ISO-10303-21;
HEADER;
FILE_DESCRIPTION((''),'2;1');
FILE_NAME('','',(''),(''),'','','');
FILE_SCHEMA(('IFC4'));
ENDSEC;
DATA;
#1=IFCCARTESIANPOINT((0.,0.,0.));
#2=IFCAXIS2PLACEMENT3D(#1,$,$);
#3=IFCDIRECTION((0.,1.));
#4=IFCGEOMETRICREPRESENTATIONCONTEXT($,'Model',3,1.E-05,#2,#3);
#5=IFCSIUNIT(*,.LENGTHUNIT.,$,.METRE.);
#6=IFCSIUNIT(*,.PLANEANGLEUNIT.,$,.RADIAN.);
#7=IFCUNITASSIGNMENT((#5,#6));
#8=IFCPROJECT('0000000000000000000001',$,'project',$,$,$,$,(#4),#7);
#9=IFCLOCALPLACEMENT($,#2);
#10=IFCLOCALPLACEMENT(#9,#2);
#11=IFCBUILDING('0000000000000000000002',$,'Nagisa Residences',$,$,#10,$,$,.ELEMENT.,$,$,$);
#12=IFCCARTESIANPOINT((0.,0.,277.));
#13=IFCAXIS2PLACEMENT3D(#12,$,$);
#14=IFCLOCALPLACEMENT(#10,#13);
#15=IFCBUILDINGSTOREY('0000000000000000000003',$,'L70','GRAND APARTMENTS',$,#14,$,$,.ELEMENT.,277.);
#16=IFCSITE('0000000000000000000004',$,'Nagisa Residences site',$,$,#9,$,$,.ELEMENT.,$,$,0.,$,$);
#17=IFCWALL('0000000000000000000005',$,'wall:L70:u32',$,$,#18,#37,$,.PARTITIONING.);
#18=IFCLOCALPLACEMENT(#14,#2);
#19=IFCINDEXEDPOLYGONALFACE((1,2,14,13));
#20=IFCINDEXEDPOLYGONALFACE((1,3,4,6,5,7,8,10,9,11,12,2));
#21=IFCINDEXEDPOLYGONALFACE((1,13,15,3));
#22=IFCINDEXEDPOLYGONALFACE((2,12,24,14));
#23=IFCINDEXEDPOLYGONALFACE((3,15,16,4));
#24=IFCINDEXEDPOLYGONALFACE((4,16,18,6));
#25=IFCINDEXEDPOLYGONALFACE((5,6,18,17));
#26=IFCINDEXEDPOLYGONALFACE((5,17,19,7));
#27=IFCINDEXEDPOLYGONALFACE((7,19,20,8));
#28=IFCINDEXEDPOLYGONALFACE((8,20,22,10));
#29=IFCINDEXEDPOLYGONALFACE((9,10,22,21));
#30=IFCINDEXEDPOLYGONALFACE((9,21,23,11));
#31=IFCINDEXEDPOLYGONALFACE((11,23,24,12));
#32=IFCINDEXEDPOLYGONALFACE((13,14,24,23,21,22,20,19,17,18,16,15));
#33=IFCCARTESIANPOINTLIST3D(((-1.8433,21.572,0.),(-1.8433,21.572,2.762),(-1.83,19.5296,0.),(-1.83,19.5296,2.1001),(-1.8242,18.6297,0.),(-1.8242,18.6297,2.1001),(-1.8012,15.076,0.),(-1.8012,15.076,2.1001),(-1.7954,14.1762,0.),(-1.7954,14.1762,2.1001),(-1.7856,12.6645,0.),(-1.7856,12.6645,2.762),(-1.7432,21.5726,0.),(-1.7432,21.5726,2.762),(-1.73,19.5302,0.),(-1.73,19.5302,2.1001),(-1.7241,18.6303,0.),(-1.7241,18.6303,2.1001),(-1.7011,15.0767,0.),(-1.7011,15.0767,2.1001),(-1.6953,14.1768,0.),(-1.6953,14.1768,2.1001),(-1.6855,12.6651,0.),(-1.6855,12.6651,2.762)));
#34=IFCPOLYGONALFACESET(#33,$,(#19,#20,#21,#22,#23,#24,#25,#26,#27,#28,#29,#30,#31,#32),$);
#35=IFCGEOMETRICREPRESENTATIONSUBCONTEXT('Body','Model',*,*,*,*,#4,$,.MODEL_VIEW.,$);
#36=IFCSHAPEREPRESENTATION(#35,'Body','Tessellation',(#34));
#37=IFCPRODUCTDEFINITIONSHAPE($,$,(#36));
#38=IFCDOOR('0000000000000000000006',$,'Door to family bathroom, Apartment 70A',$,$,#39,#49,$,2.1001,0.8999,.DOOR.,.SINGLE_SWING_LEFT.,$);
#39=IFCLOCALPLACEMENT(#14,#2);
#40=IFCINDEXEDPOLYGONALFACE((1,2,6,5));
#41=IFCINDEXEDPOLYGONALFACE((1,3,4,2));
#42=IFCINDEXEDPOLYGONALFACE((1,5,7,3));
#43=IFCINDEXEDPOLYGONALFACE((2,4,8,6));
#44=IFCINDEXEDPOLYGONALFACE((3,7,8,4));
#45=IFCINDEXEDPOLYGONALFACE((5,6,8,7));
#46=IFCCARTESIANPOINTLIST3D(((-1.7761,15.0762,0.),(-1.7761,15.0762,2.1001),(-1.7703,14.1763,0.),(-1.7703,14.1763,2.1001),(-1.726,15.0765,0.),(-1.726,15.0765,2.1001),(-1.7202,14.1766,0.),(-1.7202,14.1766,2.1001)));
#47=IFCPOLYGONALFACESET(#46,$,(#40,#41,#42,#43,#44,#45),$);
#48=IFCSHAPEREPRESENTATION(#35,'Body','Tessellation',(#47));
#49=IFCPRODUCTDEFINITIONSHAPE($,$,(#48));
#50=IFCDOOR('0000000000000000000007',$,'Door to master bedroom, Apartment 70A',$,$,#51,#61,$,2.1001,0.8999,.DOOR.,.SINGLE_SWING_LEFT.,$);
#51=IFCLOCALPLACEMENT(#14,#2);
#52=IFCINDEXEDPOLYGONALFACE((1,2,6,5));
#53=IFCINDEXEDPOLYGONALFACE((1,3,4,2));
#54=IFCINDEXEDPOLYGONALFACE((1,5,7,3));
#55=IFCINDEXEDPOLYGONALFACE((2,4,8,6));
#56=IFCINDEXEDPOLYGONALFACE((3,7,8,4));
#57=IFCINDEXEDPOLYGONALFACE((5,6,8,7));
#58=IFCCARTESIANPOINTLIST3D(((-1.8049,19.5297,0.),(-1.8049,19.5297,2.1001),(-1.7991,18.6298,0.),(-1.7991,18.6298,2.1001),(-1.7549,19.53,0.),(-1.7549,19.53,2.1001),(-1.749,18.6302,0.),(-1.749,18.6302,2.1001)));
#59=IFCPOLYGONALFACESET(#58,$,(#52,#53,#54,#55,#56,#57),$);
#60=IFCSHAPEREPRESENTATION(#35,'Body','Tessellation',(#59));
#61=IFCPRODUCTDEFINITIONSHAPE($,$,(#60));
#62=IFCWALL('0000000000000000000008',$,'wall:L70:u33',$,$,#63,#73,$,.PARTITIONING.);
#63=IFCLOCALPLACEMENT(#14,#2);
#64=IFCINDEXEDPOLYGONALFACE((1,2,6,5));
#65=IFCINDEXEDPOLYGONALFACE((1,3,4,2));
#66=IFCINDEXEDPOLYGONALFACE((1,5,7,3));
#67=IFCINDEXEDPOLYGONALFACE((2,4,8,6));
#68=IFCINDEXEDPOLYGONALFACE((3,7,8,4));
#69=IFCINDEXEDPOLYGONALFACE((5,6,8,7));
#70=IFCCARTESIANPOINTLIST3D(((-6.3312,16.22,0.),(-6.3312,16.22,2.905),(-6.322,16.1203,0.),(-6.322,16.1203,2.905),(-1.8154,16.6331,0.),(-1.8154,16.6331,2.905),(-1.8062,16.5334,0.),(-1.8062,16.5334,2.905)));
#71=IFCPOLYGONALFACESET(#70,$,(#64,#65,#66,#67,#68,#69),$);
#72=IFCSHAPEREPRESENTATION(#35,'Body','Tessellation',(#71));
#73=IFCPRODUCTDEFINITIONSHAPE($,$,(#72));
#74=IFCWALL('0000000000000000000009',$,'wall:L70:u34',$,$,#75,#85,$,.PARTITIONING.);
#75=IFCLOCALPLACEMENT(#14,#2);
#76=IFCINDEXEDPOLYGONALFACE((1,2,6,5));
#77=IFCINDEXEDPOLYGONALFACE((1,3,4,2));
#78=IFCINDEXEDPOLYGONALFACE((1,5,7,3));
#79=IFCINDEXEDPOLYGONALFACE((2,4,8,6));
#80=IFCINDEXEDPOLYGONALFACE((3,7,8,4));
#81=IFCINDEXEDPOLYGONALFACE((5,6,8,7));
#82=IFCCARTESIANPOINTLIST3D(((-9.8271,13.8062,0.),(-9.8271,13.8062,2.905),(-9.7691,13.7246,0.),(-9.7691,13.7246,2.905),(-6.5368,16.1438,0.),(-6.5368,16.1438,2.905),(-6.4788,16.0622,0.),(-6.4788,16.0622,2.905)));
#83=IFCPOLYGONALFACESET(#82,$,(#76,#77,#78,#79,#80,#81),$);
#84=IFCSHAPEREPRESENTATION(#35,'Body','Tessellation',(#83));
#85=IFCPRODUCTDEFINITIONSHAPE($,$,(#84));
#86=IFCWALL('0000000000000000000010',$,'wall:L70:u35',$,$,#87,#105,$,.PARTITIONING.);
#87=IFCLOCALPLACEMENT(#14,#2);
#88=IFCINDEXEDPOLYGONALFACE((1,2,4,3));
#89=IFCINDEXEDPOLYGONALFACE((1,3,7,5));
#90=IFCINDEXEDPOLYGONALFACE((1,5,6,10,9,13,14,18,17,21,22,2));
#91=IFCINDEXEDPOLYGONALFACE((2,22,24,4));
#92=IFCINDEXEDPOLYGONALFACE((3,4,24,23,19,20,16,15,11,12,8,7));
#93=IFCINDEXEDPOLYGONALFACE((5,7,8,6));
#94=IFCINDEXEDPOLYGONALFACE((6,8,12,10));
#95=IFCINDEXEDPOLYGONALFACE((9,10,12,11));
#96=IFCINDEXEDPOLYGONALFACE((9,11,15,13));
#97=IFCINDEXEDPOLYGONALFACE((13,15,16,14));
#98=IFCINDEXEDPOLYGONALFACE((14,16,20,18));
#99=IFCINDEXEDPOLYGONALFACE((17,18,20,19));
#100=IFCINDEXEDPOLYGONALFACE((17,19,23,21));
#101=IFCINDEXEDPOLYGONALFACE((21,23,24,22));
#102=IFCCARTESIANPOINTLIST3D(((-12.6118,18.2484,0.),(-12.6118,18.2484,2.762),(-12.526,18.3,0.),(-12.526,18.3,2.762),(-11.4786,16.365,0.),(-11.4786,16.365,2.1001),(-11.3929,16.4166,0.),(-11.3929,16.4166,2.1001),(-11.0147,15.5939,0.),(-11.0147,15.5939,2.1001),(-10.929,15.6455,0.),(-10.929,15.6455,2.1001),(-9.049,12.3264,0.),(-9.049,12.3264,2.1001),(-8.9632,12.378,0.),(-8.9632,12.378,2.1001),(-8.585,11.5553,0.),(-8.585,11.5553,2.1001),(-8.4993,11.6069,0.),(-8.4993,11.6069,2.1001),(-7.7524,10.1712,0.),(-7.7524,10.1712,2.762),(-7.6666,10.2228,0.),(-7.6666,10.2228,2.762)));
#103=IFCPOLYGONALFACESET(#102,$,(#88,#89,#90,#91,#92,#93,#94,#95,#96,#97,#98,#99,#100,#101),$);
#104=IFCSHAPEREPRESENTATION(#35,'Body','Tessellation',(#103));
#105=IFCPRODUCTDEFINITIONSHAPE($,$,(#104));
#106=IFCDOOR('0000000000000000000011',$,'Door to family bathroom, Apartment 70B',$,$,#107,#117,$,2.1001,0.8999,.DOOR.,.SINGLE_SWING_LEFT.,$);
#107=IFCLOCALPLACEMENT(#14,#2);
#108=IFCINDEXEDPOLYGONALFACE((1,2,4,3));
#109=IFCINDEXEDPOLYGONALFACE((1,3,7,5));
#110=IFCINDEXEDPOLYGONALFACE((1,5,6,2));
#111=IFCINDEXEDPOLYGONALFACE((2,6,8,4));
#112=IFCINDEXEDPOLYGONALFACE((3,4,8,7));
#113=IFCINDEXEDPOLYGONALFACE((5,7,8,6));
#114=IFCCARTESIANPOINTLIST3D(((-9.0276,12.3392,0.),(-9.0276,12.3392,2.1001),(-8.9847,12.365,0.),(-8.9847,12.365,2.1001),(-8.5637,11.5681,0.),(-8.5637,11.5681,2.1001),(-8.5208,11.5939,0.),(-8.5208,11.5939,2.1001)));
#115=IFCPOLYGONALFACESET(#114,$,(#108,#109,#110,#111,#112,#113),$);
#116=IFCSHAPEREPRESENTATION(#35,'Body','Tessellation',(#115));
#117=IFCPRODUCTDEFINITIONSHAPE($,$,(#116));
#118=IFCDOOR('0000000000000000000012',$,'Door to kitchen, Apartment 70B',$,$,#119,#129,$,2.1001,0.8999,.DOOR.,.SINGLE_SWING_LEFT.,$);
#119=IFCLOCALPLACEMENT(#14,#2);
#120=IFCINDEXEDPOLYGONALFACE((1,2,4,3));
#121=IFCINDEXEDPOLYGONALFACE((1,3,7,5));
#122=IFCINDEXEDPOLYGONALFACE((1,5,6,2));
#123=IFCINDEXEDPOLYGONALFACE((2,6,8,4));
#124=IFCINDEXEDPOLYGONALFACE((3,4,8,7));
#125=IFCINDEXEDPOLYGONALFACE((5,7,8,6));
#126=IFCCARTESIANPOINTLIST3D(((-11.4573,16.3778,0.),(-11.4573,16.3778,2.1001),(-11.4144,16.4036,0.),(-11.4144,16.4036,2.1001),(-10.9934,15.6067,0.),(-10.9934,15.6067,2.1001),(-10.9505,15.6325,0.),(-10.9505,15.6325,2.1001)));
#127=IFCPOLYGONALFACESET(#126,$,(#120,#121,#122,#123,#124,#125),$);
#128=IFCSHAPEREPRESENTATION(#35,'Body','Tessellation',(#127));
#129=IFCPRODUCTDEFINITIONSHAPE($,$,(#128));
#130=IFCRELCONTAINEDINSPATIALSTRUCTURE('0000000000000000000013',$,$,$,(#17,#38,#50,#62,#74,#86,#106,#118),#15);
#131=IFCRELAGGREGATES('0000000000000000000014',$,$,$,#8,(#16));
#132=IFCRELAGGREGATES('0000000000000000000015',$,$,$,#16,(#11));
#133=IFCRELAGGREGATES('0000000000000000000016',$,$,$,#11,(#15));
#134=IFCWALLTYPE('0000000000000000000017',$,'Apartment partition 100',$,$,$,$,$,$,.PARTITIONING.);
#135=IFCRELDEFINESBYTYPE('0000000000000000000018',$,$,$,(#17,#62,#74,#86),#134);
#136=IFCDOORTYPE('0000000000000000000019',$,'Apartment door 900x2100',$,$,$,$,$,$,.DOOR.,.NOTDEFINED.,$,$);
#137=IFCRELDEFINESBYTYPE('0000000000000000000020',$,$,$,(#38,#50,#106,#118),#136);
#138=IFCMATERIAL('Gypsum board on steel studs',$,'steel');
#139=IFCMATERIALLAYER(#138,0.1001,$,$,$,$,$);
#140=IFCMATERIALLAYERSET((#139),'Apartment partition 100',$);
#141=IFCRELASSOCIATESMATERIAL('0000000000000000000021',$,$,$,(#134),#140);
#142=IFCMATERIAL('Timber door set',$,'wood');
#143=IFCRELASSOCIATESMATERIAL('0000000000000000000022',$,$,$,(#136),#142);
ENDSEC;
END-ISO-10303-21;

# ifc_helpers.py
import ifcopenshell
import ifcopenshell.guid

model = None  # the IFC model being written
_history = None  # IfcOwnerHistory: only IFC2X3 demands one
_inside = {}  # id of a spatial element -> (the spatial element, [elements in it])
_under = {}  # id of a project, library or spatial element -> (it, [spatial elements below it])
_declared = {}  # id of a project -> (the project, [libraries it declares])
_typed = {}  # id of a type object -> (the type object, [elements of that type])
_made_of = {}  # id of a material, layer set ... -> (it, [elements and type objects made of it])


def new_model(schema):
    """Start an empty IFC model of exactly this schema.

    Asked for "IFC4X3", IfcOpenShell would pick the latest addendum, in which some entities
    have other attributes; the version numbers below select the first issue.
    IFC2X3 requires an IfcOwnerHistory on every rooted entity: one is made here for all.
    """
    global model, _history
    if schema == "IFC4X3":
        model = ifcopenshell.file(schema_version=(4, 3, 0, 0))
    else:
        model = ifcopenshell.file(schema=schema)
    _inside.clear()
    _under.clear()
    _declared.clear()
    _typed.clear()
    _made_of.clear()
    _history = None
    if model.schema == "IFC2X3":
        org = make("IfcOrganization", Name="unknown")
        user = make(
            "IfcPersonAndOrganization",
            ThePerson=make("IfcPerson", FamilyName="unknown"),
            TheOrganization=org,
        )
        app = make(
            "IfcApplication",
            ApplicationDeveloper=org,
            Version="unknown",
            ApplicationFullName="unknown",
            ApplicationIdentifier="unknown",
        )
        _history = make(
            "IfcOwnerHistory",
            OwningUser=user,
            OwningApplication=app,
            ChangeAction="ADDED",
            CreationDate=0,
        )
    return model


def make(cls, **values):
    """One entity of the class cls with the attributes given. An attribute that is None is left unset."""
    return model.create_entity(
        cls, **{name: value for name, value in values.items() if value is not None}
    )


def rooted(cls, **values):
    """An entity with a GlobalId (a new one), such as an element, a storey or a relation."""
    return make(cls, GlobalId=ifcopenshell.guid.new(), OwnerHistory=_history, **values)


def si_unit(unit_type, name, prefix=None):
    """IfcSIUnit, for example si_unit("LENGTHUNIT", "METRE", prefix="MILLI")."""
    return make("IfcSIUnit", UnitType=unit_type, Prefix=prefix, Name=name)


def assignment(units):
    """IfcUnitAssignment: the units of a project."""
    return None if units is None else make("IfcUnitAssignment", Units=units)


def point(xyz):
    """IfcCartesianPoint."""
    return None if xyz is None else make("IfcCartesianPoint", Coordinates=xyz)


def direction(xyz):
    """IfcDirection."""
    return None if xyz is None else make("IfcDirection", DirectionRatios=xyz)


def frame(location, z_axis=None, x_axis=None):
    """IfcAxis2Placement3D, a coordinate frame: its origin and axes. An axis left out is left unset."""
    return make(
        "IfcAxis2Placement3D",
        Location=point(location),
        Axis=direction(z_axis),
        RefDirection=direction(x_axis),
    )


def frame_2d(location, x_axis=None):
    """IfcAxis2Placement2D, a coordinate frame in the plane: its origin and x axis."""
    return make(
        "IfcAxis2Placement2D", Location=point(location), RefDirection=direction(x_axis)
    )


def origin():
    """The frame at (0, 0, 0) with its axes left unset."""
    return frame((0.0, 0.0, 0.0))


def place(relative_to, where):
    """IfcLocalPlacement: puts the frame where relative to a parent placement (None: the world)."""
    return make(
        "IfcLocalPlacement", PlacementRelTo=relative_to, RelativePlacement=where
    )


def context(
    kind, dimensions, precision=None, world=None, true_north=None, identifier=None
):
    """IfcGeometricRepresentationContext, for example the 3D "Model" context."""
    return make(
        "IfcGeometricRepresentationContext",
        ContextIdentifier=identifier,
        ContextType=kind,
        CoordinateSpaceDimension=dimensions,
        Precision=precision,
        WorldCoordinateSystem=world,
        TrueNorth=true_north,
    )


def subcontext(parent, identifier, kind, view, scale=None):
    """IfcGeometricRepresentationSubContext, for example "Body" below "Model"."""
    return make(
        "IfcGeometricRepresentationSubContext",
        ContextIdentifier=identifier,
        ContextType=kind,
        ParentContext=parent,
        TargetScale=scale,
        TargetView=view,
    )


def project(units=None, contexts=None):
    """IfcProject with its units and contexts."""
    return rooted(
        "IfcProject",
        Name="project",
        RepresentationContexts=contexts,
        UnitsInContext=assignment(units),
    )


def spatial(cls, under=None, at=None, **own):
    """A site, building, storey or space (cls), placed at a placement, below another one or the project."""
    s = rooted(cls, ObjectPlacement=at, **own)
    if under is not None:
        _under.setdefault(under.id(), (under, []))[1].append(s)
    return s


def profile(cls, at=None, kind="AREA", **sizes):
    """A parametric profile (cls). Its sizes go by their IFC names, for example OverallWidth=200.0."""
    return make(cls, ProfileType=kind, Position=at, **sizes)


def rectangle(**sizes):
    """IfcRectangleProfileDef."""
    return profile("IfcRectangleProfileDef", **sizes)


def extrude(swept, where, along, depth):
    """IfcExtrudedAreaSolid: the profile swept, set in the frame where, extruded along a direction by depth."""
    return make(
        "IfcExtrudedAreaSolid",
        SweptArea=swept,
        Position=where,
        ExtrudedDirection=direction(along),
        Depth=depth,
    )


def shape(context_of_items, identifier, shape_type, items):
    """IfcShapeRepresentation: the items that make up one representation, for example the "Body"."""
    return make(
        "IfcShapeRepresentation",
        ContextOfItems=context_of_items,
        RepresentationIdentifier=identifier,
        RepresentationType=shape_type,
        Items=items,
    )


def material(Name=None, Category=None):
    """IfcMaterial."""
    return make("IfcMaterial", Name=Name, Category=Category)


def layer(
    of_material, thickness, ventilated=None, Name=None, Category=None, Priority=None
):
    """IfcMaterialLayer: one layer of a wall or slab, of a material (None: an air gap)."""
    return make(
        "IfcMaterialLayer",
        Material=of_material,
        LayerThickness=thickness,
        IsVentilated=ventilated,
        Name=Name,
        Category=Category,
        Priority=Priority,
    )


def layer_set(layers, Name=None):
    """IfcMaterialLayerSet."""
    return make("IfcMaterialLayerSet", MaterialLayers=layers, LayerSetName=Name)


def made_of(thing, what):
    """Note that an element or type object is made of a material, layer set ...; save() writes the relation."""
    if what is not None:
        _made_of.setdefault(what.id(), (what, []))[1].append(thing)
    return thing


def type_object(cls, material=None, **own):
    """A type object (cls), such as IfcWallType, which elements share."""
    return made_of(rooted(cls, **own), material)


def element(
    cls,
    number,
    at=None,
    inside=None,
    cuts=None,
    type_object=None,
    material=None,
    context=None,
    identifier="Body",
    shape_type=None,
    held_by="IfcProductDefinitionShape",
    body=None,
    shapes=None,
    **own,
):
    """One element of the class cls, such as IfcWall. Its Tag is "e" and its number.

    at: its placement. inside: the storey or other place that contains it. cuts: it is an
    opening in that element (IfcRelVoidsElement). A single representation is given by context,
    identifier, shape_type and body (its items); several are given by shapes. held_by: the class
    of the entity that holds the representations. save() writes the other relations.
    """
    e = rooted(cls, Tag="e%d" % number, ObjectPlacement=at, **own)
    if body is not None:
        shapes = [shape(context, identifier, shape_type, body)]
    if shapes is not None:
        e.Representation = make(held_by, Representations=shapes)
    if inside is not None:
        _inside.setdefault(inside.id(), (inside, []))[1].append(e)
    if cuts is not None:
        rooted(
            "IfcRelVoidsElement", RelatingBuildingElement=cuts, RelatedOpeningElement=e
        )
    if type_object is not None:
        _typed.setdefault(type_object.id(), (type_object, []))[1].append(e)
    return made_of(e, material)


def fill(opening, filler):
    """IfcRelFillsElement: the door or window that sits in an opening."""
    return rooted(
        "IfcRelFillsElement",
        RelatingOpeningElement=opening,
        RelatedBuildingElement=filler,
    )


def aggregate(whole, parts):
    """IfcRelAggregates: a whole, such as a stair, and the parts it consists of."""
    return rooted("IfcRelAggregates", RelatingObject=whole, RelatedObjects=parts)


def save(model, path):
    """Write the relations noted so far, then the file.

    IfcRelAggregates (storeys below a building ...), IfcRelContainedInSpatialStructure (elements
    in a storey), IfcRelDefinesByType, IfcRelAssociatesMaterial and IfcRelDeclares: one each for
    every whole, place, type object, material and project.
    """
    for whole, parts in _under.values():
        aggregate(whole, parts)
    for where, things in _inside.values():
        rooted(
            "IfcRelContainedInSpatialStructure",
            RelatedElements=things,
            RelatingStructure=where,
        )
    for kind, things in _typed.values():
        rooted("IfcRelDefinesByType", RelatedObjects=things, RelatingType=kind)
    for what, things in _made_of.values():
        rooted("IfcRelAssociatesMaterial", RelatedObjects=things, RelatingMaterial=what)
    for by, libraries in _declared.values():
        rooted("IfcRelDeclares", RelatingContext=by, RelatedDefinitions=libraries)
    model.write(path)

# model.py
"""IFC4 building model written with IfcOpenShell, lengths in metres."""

from ifc_helpers import new_model, si_unit, direction, frame, frame_2d, origin, place, context, subcontext, project, spatial, rectangle, extrude, material, layer, layer_set, type_object, element, fill, save


model = new_model("IFC4")

# Units and contexts
model_context = context("Model", 3, precision=1e-05, world=origin(), true_north=direction((0.0, 1.0)))
body_context = subcontext(model_context, "Body", "Model", "MODEL_VIEW")
ifc_project = project(units=[si_unit("LENGTHUNIT", "METRE"), si_unit("PLANEANGLEUNIT", "RADIAN")], contexts=[model_context])

# Site, building, storey
site_placement = place(None, origin())
site = spatial("IfcSite", under=ifc_project, at=site_placement, Name="Nagisa Residences site", CompositionType="ELEMENT", RefElevation=0.0)
building_placement = place(site_placement, origin())
building = spatial("IfcBuilding", under=site, at=building_placement, Name="Nagisa Residences", CompositionType="ELEMENT")
storey_placement = place(building_placement, frame((0.0, 0.0, 277.0)))
storey = spatial("IfcBuildingStorey", under=building, at=storey_placement, Name="L70", Description="GRAND APARTMENTS", CompositionType="ELEMENT", Elevation=277.0)

# Wall, openings, doors
ifc_material_1 = material(Name="Gypsum board on steel studs", Category="steel")
ifc_layer_1 = layer(ifc_material_1, 0.1001)
ifc_layer_set_1 = layer_set([ifc_layer_1], Name="Apartment partition 100")
wall_type_1 = type_object("IfcWallType", Name="Apartment partition 100", PredefinedType="PARTITIONING", material=ifc_layer_set_1)
wall_1_placement = place(storey_placement, frame((-1.7356, 12.6648, 0.0), z_axis=(0.0, 0.0, 1.0), x_axis=(-0.006468, 0.999979, 0.0)))
wall_1 = element("IfcWall", 1, at=wall_1_placement, inside=storey, type_object=wall_type_1, Name="wall:L70:u32", PredefinedType="PARTITIONING", context=body_context, shape_type="SweptSolid", body=[
    extrude(rectangle(XDim=8.9077, YDim=0.1001, at=frame_2d((4.4539, 0.0))), origin(), (0.0, 0.0, 1.0), 2.762),
])
opening_1_placement = place(wall_1_placement, frame((1.5117, 0.0, 0.0)))
opening_1 = element("IfcOpeningElement", 2, at=opening_1_placement, cuts=wall_1, PredefinedType="OPENING", context=body_context, shape_type="SweptSolid", body=[
    extrude(rectangle(XDim=0.8999, YDim=2.1001, at=frame_2d((0.45, 1.05))), frame((0.0, 0.0601, 0.0), z_axis=(0.0, -1.0, 0.0), x_axis=(1.0, 0.0, 0.0)), (0.0, 0.0, 1.0), 0.1201),
])
opening_2_placement = place(wall_1_placement, frame((5.9653, 0.0, 0.0)))
opening_2 = element("IfcOpeningElement", 3, at=opening_2_placement, cuts=wall_1, PredefinedType="OPENING", context=body_context, shape_type="SweptSolid", body=[
    extrude(rectangle(XDim=0.8999, YDim=2.1001, at=frame_2d((0.45, 1.05))), frame((0.0, 0.0601, 0.0), z_axis=(0.0, -1.0, 0.0), x_axis=(1.0, 0.0, 0.0)), (0.0, 0.0, 1.0), 0.1201),
])
ifc_material_2 = material(Name="Timber door set", Category="wood")
door_type_1 = type_object("IfcDoorType", Name="Apartment door 900x2100", OperationType="NOTDEFINED", PredefinedType="DOOR", material=ifc_material_2)
door_1_placement = place(opening_1_placement, origin())
door_1 = element("IfcDoor", 4, at=door_1_placement, inside=storey, type_object=door_type_1, Name="Door to family bathroom, Apartment 70A", OperationType="SINGLE_SWING_LEFT", OverallHeight=2.1001, OverallWidth=0.8999, PredefinedType="DOOR", context=body_context, shape_type="SweptSolid", body=[
    extrude(rectangle(XDim=0.8999, YDim=2.1001, at=frame_2d((0.45, 1.05))), frame((0.0, 0.0249, 0.0), z_axis=(0.0, -1.0, 0.0), x_axis=(1.0, 0.0, 0.0)), (0.0, 0.0, 1.0), 0.05),
])
fill(opening_1, door_1)
door_2_placement = place(opening_2_placement, origin())
door_2 = element("IfcDoor", 5, at=door_2_placement, inside=storey, type_object=door_type_1, Name="Door to master bedroom, Apartment 70A", OperationType="SINGLE_SWING_LEFT", OverallHeight=2.1001, OverallWidth=0.8999, PredefinedType="DOOR", context=body_context, shape_type="SweptSolid", body=[
    extrude(rectangle(XDim=0.8999, YDim=2.1001, at=frame_2d((0.45, 1.05))), frame((0.0, 0.0249, 0.0), z_axis=(0.0, -1.0, 0.0), x_axis=(1.0, 0.0, 0.0)), (0.0, 0.0, 1.0), 0.05),
])
fill(opening_2, door_2)

# Walls
wall_2_placement = place(storey_placement, frame((-1.8108, 16.5833, 0.0), z_axis=(0.0, 0.0, 1.0), x_axis=(-0.995842, -0.091094, 0.0)))
element("IfcWall", 6, at=wall_2_placement, inside=storey, type_object=wall_type_1, Name="wall:L70:u33", PredefinedType="PARTITIONING", context=body_context, shape_type="SweptSolid", body=[
    extrude(rectangle(XDim=4.5347, YDim=0.1001, at=frame_2d((2.2673, 0.0))), origin(), (0.0, 0.0, 1.0), 2.905),
])
wall_3_placement = place(storey_placement, frame((-6.5078, 16.103, 0.0), z_axis=(0.0, 0.0, 1.0), x_axis=(-0.815202, -0.579176, 0.0)))
element("IfcWall", 7, at=wall_3_placement, inside=storey, type_object=wall_type_1, Name="wall:L70:u34", PredefinedType="PARTITIONING", context=body_context, shape_type="SweptSolid", body=[
    extrude(rectangle(XDim=4.0361, YDim=0.1001, at=frame_2d((2.0181, 0.0))), origin(), (0.0, 0.0, 1.0), 2.905),
])

# Wall, openings, doors
wall_4_placement = place(storey_placement, frame((-7.7095, 10.197, 0.0), z_axis=(0.0, 0.0, 1.0), x_axis=(-0.515516, 0.85688, 0.0)))
wall_4 = element("IfcWall", 8, at=wall_4_placement, inside=storey, type_object=wall_type_1, Name="wall:L70:u35", PredefinedType="PARTITIONING", context=body_context, shape_type="SweptSolid", body=[
    extrude(rectangle(XDim=9.4263, YDim=0.1001, at=frame_2d((4.7131, 0.0))), origin(), (0.0, 0.0, 1.0), 2.762),
])
opening_3_placement = place(wall_4_placement, frame((1.6152, 0.0, 0.0)))
opening_3 = element("IfcOpeningElement", 9, at=opening_3_placement, cuts=wall_4, PredefinedType="OPENING", context=body_context, shape_type="SweptSolid", body=[
    extrude(rectangle(XDim=0.8999, YDim=2.1001, at=frame_2d((0.45, 1.05))), frame((0.0, 0.0601, 0.0), z_axis=(0.0, -1.0, 0.0), x_axis=(1.0, 0.0, 0.0)), (0.0, 0.0, 1.0), 0.1201),
])
opening_4_placement = place(wall_4_placement, frame((6.3284, 0.0, 0.0)))
opening_4 = element("IfcOpeningElement", 10, at=opening_4_placement, cuts=wall_4, PredefinedType="OPENING", context=body_context, shape_type="SweptSolid", body=[
    extrude(rectangle(XDim=0.8999, YDim=2.1001, at=frame_2d((0.45, 1.05))), frame((0.0, 0.0601, 0.0), z_axis=(0.0, -1.0, 0.0), x_axis=(1.0, 0.0, 0.0)), (0.0, 0.0, 1.0), 0.1201),
])
door_3_placement = place(opening_3_placement, frame((0.8999, 0.0, 0.0), x_axis=(-1.0, 0.0, 0.0)))
door_3 = element("IfcDoor", 11, at=door_3_placement, inside=storey, type_object=door_type_1, Name="Door to family bathroom, Apartment 70B", OperationType="SINGLE_SWING_LEFT", OverallHeight=2.1001, OverallWidth=0.8999, PredefinedType="DOOR", context=body_context, shape_type="SweptSolid", body=[
    extrude(rectangle(XDim=0.8999, YDim=2.1001, at=frame_2d((0.45, 1.05))), frame((0.0, 0.0249, 0.0), z_axis=(0.0, -1.0, 0.0), x_axis=(1.0, 0.0, 0.0)), (0.0, 0.0, 1.0), 0.05),
])
fill(opening_3, door_3)
door_4_placement = place(opening_4_placement, frame((0.8999, 0.0, 0.0), x_axis=(-1.0, 0.0, 0.0)))
door_4 = element("IfcDoor", 12, at=door_4_placement, inside=storey, type_object=door_type_1, Name="Door to kitchen, Apartment 70B", OperationType="SINGLE_SWING_LEFT", OverallHeight=2.1001, OverallWidth=0.8999, PredefinedType="DOOR", context=body_context, shape_type="SweptSolid", body=[
    extrude(rectangle(XDim=0.8999, YDim=2.1001, at=frame_2d((0.45, 1.05))), frame((0.0, 0.0249, 0.0), z_axis=(0.0, -1.0, 0.0), x_axis=(1.0, 0.0, 0.0)), (0.0, 0.0, 1.0), 0.05),
])
fill(opening_4, door_4)

save(model, "model.ifc")
